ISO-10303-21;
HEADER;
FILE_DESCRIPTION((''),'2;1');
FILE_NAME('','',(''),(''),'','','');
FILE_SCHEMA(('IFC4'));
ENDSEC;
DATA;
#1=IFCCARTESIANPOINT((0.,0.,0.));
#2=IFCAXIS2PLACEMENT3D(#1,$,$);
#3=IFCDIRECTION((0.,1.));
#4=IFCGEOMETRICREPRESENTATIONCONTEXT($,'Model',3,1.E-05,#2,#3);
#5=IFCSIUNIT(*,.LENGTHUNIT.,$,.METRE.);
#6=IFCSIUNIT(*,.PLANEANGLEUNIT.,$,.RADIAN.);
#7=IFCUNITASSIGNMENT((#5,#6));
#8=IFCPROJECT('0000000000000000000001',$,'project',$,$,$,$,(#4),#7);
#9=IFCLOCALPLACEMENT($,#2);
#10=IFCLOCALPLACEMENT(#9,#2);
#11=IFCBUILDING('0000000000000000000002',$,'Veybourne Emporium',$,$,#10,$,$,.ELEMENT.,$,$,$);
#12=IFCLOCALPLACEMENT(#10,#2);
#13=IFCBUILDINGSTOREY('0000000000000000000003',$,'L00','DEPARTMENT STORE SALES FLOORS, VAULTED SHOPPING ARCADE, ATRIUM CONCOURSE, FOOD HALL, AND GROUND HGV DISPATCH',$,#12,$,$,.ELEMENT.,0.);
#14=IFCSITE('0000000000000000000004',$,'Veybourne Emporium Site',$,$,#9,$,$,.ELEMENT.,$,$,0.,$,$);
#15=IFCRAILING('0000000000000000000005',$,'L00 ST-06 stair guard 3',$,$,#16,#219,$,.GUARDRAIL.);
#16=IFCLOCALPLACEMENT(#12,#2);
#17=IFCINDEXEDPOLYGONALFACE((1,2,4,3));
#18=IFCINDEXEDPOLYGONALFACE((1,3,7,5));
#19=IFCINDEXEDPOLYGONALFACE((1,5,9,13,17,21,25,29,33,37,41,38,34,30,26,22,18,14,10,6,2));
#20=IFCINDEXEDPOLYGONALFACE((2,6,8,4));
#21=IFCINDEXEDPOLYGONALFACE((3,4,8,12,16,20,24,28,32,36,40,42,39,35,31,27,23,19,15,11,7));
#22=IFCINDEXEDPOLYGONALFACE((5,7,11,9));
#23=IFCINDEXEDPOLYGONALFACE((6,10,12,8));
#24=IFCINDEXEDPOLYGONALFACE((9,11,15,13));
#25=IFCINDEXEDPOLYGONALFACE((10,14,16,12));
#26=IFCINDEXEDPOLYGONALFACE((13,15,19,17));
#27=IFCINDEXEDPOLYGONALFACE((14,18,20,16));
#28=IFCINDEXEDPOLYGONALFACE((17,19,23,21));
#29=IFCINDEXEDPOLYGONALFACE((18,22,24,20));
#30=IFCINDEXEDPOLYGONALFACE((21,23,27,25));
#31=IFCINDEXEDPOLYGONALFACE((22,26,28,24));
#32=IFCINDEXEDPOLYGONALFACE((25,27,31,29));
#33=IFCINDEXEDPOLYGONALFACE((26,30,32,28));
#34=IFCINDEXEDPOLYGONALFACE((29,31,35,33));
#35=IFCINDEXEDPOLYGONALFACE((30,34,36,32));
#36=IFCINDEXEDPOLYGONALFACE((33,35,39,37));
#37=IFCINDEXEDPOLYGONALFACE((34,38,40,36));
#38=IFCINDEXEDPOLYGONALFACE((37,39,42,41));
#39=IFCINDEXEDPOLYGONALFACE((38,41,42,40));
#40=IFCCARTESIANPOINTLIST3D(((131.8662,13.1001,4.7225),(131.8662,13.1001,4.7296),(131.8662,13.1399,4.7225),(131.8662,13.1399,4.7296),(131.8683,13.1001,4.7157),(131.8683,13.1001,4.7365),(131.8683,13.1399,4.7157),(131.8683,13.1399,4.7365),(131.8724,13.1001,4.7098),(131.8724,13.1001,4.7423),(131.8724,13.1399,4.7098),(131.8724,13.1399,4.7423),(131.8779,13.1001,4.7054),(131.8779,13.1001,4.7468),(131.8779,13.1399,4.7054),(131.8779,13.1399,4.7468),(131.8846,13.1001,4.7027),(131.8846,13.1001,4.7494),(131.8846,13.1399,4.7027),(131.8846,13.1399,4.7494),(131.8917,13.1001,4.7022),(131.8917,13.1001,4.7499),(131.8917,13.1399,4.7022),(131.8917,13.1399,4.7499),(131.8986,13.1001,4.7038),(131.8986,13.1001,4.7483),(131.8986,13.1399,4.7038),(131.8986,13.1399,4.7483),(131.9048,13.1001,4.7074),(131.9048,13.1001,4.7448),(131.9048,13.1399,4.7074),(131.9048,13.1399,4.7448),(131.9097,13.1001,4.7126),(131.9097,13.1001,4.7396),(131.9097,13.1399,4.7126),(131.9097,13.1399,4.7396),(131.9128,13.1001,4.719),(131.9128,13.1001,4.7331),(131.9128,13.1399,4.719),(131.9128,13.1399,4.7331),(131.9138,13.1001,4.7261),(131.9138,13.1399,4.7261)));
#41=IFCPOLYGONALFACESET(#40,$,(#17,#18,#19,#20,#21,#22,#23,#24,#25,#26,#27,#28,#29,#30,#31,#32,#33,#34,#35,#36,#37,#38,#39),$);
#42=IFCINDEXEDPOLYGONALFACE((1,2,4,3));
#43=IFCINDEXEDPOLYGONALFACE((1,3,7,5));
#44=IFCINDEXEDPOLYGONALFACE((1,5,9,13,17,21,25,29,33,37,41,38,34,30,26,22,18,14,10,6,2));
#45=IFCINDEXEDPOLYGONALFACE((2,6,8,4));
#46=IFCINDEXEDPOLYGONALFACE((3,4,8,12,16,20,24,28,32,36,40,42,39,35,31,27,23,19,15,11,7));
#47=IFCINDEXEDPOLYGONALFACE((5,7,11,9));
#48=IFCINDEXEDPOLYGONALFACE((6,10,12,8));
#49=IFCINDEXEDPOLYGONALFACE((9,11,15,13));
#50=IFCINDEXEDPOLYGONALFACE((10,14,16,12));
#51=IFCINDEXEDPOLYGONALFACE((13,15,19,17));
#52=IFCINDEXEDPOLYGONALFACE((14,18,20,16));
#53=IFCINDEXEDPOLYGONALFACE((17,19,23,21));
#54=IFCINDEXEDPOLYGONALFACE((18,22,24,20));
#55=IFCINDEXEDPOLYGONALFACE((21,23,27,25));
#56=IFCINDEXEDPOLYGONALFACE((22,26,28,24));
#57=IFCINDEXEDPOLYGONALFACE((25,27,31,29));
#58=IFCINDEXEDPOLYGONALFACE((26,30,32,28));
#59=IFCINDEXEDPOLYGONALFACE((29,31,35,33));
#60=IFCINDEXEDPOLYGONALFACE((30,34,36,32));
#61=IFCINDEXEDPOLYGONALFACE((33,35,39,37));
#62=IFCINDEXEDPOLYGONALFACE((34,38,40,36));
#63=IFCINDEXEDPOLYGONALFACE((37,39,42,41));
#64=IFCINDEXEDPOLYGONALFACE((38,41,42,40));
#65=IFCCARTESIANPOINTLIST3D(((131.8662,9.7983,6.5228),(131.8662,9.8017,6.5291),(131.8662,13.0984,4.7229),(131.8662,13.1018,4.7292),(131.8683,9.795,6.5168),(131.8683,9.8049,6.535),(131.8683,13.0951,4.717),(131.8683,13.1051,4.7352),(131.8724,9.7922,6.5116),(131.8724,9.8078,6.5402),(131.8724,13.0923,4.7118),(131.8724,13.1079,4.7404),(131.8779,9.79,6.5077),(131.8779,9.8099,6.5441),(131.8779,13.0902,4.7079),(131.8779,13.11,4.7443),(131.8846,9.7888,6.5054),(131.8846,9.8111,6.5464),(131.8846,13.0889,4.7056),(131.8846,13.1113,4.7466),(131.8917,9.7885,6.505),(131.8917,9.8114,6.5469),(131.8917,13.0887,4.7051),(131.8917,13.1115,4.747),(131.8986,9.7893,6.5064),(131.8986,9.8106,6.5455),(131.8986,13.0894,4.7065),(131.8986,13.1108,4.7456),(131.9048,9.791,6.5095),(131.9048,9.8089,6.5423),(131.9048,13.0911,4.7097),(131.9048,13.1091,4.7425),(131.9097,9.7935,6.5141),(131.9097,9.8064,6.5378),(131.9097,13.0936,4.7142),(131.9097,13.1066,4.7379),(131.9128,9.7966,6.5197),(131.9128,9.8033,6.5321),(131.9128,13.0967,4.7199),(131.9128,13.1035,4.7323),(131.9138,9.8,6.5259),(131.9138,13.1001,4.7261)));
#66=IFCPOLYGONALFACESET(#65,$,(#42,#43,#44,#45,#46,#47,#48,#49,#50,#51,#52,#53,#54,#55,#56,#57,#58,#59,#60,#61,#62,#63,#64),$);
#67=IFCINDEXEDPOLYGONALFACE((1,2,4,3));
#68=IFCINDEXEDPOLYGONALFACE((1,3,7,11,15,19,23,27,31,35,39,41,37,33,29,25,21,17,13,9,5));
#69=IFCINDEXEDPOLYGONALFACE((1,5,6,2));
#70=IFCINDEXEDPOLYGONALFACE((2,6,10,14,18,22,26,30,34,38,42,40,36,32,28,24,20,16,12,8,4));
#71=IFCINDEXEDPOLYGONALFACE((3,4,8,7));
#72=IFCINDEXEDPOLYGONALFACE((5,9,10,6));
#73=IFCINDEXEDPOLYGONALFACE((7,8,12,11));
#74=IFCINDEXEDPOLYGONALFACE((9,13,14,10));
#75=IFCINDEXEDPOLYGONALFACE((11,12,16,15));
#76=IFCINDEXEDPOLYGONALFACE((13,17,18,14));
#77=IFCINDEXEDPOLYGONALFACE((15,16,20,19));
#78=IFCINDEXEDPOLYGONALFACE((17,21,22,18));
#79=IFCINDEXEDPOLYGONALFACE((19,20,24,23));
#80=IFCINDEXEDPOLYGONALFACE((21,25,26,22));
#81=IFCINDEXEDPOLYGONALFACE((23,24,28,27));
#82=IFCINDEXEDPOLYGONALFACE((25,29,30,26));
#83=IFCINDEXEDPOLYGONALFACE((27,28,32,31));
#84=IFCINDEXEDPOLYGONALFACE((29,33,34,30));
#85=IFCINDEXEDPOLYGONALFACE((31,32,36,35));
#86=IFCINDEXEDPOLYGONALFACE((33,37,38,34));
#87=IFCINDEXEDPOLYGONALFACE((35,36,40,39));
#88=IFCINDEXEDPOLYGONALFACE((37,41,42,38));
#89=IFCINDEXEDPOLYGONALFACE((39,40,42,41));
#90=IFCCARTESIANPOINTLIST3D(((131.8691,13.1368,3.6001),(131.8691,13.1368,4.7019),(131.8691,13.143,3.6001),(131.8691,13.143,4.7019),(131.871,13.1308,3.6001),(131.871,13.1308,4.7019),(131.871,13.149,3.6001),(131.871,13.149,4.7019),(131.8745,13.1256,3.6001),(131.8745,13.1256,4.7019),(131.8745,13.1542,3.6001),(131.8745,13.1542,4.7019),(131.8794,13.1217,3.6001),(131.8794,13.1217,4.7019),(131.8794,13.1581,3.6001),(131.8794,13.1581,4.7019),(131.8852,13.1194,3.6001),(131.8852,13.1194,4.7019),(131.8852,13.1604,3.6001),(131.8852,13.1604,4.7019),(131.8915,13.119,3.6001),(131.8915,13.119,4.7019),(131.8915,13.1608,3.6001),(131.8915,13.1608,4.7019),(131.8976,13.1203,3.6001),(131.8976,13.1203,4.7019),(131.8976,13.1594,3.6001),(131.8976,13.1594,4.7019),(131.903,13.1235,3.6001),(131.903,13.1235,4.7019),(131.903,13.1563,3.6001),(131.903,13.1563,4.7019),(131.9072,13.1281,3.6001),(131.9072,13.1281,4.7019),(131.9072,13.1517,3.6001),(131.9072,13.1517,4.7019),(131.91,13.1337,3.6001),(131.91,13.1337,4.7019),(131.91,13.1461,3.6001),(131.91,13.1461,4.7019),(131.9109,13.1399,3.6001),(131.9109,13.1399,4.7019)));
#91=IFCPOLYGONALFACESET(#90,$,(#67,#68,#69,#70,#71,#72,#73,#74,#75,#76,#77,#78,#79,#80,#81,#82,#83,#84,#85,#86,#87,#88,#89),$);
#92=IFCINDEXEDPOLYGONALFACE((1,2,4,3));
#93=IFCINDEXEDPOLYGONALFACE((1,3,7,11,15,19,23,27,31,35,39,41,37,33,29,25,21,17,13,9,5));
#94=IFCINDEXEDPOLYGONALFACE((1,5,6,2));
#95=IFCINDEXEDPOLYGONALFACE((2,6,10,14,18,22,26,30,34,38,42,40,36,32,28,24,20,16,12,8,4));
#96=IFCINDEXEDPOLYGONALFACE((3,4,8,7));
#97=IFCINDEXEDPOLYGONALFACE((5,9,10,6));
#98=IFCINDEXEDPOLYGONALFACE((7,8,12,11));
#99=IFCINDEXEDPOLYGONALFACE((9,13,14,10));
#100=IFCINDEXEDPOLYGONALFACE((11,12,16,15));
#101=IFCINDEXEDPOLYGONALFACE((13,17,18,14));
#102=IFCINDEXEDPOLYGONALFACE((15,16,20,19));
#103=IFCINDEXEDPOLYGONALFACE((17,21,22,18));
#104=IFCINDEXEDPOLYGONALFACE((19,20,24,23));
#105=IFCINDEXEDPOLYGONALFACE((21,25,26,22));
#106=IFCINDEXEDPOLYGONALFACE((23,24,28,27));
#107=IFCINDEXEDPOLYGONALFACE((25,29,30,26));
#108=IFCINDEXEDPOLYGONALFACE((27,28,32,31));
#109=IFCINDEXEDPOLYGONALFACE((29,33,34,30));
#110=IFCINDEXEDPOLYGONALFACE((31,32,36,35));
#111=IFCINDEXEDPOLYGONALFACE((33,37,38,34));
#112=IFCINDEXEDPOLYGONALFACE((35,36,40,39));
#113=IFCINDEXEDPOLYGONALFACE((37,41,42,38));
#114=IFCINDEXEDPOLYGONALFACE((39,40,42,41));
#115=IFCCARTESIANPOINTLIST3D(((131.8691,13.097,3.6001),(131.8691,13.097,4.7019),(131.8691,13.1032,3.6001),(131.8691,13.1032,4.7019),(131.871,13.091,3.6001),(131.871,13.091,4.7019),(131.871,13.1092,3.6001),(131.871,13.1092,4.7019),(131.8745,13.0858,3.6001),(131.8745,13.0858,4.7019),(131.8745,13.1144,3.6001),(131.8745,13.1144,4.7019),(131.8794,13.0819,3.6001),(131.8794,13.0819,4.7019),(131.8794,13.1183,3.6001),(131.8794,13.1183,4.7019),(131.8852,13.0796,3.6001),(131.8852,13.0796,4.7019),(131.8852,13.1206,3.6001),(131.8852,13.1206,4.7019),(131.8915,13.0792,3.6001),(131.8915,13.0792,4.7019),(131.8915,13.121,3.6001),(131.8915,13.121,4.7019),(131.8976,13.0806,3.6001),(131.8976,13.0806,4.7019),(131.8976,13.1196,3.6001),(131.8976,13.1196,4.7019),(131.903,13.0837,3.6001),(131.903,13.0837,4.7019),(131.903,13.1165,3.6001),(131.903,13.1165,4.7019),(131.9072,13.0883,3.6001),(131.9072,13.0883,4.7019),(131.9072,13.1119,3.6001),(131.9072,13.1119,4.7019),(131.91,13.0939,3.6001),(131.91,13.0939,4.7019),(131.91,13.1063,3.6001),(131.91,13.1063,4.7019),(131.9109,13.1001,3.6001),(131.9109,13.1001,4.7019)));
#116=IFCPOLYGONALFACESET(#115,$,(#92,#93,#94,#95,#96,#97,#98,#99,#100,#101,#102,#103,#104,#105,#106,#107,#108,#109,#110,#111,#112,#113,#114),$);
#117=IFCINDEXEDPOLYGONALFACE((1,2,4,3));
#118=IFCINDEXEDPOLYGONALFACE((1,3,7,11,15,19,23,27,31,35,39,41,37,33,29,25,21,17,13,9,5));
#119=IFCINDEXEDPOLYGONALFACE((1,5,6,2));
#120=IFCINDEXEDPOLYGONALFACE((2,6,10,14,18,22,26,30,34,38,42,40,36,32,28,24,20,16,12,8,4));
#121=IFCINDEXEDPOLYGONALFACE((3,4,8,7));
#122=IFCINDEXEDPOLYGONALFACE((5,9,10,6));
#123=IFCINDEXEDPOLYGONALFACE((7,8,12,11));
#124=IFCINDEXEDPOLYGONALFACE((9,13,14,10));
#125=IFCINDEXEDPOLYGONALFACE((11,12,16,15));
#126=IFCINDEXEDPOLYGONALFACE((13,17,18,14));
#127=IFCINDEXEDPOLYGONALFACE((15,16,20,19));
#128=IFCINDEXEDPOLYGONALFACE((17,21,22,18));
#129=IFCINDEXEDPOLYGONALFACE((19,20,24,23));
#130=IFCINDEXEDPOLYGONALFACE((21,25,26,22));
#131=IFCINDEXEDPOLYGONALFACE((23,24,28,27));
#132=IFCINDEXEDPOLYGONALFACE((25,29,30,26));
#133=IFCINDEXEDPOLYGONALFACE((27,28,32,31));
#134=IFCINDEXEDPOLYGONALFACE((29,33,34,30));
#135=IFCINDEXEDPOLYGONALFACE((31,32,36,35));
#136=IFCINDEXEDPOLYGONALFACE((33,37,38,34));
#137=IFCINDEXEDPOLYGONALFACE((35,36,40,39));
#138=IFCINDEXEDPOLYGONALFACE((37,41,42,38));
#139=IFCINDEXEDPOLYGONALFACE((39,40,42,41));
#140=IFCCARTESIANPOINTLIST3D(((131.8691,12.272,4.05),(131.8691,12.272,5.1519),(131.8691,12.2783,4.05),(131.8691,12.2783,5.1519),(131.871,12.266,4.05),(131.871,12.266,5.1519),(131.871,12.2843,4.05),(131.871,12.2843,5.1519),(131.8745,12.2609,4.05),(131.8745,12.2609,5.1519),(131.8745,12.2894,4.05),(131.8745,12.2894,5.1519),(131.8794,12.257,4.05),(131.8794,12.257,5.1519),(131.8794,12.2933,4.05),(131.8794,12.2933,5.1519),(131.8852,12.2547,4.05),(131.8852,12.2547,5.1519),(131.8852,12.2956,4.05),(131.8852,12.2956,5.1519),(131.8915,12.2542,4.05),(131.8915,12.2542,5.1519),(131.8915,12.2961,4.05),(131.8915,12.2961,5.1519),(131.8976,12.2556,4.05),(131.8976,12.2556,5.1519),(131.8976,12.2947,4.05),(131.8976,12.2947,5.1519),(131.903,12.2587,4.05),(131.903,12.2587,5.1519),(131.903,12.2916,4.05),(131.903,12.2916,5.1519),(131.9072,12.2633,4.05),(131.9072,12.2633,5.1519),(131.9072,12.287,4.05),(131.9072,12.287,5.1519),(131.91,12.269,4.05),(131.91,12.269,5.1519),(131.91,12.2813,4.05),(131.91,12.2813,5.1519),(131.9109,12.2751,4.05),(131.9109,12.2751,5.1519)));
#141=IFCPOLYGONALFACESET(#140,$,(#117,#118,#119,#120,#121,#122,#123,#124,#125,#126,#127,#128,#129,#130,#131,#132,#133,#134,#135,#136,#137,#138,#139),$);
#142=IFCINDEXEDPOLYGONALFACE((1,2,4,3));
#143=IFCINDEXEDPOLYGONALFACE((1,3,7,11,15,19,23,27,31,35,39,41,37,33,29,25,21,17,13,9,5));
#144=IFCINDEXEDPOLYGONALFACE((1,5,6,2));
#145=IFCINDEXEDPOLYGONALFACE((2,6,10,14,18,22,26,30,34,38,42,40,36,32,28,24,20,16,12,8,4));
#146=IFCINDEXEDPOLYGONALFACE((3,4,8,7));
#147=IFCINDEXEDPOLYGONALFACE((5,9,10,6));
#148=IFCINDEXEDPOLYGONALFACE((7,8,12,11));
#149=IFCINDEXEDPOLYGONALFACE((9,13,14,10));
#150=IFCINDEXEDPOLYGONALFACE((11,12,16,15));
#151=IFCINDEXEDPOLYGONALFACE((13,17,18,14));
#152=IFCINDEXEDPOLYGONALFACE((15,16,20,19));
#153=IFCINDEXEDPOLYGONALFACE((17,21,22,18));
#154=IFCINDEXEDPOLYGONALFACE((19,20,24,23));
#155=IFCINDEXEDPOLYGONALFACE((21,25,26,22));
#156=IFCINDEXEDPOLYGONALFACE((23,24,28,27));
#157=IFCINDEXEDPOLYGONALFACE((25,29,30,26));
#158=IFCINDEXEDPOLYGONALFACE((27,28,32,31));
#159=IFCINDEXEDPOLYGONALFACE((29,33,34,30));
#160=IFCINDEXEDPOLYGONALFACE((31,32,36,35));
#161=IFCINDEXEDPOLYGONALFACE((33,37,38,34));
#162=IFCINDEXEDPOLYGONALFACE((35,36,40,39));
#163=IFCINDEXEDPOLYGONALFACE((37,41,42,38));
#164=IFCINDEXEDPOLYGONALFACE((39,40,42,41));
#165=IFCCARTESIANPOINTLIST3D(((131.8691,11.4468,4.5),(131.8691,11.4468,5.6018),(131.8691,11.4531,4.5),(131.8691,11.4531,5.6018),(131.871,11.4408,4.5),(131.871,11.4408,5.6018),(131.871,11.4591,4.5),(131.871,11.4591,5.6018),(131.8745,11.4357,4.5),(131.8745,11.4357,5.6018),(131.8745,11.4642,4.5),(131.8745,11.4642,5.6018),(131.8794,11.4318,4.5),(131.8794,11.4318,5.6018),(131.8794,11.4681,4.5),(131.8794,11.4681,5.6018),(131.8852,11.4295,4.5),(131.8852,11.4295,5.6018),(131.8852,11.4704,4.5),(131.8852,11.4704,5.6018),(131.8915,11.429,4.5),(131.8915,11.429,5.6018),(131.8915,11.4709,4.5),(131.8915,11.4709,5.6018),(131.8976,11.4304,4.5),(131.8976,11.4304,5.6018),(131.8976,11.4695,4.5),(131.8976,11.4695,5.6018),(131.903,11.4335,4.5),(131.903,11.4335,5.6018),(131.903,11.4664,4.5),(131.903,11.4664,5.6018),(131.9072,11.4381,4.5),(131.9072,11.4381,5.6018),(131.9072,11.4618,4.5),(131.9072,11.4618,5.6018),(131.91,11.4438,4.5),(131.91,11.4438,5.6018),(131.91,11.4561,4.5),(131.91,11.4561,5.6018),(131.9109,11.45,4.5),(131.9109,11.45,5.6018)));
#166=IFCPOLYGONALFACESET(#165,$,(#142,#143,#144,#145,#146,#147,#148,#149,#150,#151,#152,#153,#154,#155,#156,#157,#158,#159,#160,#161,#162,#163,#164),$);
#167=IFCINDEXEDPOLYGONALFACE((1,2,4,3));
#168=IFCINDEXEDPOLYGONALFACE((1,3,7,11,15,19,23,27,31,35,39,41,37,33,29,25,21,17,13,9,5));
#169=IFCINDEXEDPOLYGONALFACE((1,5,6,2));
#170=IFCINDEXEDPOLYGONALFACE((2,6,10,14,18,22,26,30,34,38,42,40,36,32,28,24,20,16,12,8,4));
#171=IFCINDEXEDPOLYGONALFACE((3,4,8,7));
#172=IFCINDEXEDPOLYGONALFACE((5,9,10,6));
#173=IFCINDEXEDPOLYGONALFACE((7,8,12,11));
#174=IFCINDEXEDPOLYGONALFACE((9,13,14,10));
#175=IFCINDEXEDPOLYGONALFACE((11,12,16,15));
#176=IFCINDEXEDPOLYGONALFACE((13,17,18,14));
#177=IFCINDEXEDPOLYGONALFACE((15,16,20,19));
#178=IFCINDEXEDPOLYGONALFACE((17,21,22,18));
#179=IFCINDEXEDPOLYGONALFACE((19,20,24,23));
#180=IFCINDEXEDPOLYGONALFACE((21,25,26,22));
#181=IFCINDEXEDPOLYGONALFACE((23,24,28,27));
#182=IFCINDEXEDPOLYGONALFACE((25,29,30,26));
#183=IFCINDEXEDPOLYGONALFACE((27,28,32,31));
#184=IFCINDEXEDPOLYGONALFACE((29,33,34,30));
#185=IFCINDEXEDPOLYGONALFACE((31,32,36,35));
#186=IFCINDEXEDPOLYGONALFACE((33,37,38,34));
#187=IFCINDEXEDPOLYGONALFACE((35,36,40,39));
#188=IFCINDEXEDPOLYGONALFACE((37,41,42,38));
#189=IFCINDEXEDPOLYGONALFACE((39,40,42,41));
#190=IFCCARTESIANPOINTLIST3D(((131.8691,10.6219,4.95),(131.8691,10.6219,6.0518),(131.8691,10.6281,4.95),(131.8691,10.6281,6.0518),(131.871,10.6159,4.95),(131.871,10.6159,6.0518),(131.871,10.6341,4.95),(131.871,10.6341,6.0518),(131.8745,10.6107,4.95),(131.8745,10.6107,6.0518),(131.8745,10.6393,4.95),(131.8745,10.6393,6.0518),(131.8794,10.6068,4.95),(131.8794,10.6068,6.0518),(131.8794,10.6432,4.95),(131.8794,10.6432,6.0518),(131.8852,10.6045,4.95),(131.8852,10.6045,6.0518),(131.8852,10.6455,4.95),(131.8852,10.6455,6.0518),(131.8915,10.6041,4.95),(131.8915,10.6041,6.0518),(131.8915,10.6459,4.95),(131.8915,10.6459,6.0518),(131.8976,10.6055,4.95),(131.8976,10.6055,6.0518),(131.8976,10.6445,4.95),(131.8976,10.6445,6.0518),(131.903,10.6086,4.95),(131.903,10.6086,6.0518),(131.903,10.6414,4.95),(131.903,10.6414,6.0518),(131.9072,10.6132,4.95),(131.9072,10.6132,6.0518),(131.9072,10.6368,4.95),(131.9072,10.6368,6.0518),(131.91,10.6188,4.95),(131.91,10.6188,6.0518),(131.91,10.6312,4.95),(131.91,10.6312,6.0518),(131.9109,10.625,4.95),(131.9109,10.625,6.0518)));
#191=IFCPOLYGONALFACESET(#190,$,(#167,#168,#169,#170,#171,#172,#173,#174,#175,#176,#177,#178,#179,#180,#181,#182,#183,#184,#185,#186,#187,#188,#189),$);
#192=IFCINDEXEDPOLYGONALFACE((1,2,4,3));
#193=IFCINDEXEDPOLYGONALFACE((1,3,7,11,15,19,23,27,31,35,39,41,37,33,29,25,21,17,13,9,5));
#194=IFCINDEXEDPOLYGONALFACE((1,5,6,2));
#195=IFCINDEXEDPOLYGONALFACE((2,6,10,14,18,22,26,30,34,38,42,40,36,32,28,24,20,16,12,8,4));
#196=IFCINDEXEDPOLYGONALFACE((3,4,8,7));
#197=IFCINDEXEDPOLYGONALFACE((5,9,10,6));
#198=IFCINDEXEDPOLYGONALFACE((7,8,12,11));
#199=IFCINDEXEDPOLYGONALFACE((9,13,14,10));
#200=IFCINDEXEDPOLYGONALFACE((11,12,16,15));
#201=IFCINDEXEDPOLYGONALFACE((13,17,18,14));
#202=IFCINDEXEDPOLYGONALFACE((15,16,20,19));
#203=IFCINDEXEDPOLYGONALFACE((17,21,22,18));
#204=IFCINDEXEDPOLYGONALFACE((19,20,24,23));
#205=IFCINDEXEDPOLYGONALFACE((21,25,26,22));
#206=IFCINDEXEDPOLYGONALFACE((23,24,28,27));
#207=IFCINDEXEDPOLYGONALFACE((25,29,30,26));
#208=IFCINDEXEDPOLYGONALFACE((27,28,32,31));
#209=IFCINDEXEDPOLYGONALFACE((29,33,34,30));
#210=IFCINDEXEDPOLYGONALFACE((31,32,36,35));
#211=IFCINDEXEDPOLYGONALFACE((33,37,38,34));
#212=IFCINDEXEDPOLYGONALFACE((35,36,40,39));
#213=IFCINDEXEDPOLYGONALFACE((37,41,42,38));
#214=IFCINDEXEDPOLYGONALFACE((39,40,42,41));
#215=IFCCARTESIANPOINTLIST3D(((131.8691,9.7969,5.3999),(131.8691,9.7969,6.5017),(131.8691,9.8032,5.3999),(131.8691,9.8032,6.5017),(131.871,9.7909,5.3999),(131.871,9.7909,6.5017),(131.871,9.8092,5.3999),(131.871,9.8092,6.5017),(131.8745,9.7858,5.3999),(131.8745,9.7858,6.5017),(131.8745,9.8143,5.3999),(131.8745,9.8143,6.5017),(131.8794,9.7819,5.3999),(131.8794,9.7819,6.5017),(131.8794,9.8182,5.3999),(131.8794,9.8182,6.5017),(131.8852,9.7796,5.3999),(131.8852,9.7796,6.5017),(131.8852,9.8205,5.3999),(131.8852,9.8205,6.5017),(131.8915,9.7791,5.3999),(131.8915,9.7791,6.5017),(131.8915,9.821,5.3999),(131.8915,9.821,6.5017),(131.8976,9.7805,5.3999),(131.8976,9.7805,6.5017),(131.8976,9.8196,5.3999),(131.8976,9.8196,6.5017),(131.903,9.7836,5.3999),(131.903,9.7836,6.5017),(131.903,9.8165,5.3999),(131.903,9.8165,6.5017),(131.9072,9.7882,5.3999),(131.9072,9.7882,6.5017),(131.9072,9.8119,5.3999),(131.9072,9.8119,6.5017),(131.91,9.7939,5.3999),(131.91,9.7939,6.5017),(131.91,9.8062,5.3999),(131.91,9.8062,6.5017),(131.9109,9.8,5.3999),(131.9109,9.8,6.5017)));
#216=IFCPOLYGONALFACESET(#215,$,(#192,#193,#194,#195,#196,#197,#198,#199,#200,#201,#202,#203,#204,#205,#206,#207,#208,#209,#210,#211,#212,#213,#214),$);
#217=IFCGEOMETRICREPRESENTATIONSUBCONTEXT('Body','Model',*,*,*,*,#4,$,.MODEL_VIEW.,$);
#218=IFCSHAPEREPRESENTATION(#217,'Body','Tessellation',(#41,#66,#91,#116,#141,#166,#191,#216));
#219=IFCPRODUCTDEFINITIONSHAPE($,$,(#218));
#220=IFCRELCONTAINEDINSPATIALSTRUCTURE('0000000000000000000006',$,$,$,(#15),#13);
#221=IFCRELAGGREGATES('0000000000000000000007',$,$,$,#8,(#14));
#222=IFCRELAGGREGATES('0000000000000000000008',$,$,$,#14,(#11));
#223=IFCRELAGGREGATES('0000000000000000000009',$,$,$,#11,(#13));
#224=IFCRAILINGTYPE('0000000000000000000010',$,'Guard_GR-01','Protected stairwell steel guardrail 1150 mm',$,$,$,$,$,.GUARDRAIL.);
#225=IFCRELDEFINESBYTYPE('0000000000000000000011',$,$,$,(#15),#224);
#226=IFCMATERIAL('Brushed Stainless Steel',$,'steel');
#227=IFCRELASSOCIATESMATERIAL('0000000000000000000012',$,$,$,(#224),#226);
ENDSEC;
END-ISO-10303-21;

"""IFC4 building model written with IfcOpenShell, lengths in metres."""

from ifc_helpers import new_model, si_unit, direction, frame, origin, origin_2d, place, context, subcontext, project, spatial, circle, extrude, material, type_object, element, save


model = new_model("IFC4")

# Units and contexts
model_context = context("Model", 3, precision=1e-05, world=origin(), true_north=direction((0.0, 1.0)))
body_context = subcontext(model_context, "Body", "Model", "MODEL_VIEW")
ifc_project = project(units=[si_unit("LENGTHUNIT", "METRE"), si_unit("PLANEANGLEUNIT", "RADIAN")], contexts=[model_context])

# Site, building, storey
site_placement = place(None, origin())
site = spatial("IfcSite", under=ifc_project, at=site_placement, Name="Veybourne Emporium Site", CompositionType="ELEMENT", RefElevation=0.0)
building_placement = place(site_placement, origin())
building = spatial("IfcBuilding", under=site, at=building_placement, Name="Veybourne Emporium", CompositionType="ELEMENT")
storey_placement = place(building_placement, origin())
storey = spatial("IfcBuildingStorey", under=building, at=storey_placement, Name="L00", Description="DEPARTMENT STORE SALES FLOORS, VAULTED SHOPPING ARCADE, ATRIUM CONCOURSE, FOOD HALL, AND GROUND HGV DISPATCH", CompositionType="ELEMENT", Elevation=0.0)

# Railing
ifc_material_1 = material(Name="Brushed Stainless Steel", Category="steel")
railing_type_1 = type_object("IfcRailingType", Name="Guard_GR-01", Description="Protected stairwell steel guardrail 1150 mm", PredefinedType="GUARDRAIL", material=ifc_material_1)
railing_1_placement = place(storey_placement, frame((131.8899, 13.1399, 3.6001)))
element("IfcRailing", 1, at=railing_1_placement, inside=storey, type_object=railing_type_1, Name="L00 ST-06 stair guard 3", PredefinedType="GUARDRAIL", context=body_context, shape_type="SweptSolid", body=[
    extrude(circle(Radius=0.0239, at=origin_2d()), frame((0.0, 0.0, 1.126), z_axis=(0.0, -1.0, 0.0), x_axis=(1.0, 0.0, 0.0)), (0.0, 0.0, 1.0), 0.0398),
    extrude(circle(Radius=0.0239, at=origin_2d()), frame((0.0, -0.0398, 1.126), z_axis=(0.0, -0.87792, 0.478807), x_axis=(1.0, 0.0, 0.0)), (0.0, 0.0, 1.0), 3.759),
    extrude(circle(Radius=0.021, at=origin_2d()), origin(), (0.0, 0.0, 1.0), 1.1018),
    extrude(circle(Radius=0.021, at=origin_2d()), frame((0.0, -0.0398, 0.0)), (0.0, 0.0, 1.0), 1.1018),
    extrude(circle(Radius=0.021, at=origin_2d()), frame((0.0, -0.8647, 0.45)), (0.0, 0.0, 1.0), 1.1018),
    extrude(circle(Radius=0.021, at=origin_2d()), frame((0.0, -1.6899, 0.8999)), (0.0, 0.0, 1.0), 1.1018),
    extrude(circle(Radius=0.021, at=origin_2d()), frame((0.0, -2.5149, 1.3499)), (0.0, 0.0, 1.0), 1.1018),
    extrude(circle(Radius=0.021, at=origin_2d()), frame((0.0, -3.3398, 1.7998)), (0.0, 0.0, 1.0), 1.1018),
])

save(model, "model.ifc")
